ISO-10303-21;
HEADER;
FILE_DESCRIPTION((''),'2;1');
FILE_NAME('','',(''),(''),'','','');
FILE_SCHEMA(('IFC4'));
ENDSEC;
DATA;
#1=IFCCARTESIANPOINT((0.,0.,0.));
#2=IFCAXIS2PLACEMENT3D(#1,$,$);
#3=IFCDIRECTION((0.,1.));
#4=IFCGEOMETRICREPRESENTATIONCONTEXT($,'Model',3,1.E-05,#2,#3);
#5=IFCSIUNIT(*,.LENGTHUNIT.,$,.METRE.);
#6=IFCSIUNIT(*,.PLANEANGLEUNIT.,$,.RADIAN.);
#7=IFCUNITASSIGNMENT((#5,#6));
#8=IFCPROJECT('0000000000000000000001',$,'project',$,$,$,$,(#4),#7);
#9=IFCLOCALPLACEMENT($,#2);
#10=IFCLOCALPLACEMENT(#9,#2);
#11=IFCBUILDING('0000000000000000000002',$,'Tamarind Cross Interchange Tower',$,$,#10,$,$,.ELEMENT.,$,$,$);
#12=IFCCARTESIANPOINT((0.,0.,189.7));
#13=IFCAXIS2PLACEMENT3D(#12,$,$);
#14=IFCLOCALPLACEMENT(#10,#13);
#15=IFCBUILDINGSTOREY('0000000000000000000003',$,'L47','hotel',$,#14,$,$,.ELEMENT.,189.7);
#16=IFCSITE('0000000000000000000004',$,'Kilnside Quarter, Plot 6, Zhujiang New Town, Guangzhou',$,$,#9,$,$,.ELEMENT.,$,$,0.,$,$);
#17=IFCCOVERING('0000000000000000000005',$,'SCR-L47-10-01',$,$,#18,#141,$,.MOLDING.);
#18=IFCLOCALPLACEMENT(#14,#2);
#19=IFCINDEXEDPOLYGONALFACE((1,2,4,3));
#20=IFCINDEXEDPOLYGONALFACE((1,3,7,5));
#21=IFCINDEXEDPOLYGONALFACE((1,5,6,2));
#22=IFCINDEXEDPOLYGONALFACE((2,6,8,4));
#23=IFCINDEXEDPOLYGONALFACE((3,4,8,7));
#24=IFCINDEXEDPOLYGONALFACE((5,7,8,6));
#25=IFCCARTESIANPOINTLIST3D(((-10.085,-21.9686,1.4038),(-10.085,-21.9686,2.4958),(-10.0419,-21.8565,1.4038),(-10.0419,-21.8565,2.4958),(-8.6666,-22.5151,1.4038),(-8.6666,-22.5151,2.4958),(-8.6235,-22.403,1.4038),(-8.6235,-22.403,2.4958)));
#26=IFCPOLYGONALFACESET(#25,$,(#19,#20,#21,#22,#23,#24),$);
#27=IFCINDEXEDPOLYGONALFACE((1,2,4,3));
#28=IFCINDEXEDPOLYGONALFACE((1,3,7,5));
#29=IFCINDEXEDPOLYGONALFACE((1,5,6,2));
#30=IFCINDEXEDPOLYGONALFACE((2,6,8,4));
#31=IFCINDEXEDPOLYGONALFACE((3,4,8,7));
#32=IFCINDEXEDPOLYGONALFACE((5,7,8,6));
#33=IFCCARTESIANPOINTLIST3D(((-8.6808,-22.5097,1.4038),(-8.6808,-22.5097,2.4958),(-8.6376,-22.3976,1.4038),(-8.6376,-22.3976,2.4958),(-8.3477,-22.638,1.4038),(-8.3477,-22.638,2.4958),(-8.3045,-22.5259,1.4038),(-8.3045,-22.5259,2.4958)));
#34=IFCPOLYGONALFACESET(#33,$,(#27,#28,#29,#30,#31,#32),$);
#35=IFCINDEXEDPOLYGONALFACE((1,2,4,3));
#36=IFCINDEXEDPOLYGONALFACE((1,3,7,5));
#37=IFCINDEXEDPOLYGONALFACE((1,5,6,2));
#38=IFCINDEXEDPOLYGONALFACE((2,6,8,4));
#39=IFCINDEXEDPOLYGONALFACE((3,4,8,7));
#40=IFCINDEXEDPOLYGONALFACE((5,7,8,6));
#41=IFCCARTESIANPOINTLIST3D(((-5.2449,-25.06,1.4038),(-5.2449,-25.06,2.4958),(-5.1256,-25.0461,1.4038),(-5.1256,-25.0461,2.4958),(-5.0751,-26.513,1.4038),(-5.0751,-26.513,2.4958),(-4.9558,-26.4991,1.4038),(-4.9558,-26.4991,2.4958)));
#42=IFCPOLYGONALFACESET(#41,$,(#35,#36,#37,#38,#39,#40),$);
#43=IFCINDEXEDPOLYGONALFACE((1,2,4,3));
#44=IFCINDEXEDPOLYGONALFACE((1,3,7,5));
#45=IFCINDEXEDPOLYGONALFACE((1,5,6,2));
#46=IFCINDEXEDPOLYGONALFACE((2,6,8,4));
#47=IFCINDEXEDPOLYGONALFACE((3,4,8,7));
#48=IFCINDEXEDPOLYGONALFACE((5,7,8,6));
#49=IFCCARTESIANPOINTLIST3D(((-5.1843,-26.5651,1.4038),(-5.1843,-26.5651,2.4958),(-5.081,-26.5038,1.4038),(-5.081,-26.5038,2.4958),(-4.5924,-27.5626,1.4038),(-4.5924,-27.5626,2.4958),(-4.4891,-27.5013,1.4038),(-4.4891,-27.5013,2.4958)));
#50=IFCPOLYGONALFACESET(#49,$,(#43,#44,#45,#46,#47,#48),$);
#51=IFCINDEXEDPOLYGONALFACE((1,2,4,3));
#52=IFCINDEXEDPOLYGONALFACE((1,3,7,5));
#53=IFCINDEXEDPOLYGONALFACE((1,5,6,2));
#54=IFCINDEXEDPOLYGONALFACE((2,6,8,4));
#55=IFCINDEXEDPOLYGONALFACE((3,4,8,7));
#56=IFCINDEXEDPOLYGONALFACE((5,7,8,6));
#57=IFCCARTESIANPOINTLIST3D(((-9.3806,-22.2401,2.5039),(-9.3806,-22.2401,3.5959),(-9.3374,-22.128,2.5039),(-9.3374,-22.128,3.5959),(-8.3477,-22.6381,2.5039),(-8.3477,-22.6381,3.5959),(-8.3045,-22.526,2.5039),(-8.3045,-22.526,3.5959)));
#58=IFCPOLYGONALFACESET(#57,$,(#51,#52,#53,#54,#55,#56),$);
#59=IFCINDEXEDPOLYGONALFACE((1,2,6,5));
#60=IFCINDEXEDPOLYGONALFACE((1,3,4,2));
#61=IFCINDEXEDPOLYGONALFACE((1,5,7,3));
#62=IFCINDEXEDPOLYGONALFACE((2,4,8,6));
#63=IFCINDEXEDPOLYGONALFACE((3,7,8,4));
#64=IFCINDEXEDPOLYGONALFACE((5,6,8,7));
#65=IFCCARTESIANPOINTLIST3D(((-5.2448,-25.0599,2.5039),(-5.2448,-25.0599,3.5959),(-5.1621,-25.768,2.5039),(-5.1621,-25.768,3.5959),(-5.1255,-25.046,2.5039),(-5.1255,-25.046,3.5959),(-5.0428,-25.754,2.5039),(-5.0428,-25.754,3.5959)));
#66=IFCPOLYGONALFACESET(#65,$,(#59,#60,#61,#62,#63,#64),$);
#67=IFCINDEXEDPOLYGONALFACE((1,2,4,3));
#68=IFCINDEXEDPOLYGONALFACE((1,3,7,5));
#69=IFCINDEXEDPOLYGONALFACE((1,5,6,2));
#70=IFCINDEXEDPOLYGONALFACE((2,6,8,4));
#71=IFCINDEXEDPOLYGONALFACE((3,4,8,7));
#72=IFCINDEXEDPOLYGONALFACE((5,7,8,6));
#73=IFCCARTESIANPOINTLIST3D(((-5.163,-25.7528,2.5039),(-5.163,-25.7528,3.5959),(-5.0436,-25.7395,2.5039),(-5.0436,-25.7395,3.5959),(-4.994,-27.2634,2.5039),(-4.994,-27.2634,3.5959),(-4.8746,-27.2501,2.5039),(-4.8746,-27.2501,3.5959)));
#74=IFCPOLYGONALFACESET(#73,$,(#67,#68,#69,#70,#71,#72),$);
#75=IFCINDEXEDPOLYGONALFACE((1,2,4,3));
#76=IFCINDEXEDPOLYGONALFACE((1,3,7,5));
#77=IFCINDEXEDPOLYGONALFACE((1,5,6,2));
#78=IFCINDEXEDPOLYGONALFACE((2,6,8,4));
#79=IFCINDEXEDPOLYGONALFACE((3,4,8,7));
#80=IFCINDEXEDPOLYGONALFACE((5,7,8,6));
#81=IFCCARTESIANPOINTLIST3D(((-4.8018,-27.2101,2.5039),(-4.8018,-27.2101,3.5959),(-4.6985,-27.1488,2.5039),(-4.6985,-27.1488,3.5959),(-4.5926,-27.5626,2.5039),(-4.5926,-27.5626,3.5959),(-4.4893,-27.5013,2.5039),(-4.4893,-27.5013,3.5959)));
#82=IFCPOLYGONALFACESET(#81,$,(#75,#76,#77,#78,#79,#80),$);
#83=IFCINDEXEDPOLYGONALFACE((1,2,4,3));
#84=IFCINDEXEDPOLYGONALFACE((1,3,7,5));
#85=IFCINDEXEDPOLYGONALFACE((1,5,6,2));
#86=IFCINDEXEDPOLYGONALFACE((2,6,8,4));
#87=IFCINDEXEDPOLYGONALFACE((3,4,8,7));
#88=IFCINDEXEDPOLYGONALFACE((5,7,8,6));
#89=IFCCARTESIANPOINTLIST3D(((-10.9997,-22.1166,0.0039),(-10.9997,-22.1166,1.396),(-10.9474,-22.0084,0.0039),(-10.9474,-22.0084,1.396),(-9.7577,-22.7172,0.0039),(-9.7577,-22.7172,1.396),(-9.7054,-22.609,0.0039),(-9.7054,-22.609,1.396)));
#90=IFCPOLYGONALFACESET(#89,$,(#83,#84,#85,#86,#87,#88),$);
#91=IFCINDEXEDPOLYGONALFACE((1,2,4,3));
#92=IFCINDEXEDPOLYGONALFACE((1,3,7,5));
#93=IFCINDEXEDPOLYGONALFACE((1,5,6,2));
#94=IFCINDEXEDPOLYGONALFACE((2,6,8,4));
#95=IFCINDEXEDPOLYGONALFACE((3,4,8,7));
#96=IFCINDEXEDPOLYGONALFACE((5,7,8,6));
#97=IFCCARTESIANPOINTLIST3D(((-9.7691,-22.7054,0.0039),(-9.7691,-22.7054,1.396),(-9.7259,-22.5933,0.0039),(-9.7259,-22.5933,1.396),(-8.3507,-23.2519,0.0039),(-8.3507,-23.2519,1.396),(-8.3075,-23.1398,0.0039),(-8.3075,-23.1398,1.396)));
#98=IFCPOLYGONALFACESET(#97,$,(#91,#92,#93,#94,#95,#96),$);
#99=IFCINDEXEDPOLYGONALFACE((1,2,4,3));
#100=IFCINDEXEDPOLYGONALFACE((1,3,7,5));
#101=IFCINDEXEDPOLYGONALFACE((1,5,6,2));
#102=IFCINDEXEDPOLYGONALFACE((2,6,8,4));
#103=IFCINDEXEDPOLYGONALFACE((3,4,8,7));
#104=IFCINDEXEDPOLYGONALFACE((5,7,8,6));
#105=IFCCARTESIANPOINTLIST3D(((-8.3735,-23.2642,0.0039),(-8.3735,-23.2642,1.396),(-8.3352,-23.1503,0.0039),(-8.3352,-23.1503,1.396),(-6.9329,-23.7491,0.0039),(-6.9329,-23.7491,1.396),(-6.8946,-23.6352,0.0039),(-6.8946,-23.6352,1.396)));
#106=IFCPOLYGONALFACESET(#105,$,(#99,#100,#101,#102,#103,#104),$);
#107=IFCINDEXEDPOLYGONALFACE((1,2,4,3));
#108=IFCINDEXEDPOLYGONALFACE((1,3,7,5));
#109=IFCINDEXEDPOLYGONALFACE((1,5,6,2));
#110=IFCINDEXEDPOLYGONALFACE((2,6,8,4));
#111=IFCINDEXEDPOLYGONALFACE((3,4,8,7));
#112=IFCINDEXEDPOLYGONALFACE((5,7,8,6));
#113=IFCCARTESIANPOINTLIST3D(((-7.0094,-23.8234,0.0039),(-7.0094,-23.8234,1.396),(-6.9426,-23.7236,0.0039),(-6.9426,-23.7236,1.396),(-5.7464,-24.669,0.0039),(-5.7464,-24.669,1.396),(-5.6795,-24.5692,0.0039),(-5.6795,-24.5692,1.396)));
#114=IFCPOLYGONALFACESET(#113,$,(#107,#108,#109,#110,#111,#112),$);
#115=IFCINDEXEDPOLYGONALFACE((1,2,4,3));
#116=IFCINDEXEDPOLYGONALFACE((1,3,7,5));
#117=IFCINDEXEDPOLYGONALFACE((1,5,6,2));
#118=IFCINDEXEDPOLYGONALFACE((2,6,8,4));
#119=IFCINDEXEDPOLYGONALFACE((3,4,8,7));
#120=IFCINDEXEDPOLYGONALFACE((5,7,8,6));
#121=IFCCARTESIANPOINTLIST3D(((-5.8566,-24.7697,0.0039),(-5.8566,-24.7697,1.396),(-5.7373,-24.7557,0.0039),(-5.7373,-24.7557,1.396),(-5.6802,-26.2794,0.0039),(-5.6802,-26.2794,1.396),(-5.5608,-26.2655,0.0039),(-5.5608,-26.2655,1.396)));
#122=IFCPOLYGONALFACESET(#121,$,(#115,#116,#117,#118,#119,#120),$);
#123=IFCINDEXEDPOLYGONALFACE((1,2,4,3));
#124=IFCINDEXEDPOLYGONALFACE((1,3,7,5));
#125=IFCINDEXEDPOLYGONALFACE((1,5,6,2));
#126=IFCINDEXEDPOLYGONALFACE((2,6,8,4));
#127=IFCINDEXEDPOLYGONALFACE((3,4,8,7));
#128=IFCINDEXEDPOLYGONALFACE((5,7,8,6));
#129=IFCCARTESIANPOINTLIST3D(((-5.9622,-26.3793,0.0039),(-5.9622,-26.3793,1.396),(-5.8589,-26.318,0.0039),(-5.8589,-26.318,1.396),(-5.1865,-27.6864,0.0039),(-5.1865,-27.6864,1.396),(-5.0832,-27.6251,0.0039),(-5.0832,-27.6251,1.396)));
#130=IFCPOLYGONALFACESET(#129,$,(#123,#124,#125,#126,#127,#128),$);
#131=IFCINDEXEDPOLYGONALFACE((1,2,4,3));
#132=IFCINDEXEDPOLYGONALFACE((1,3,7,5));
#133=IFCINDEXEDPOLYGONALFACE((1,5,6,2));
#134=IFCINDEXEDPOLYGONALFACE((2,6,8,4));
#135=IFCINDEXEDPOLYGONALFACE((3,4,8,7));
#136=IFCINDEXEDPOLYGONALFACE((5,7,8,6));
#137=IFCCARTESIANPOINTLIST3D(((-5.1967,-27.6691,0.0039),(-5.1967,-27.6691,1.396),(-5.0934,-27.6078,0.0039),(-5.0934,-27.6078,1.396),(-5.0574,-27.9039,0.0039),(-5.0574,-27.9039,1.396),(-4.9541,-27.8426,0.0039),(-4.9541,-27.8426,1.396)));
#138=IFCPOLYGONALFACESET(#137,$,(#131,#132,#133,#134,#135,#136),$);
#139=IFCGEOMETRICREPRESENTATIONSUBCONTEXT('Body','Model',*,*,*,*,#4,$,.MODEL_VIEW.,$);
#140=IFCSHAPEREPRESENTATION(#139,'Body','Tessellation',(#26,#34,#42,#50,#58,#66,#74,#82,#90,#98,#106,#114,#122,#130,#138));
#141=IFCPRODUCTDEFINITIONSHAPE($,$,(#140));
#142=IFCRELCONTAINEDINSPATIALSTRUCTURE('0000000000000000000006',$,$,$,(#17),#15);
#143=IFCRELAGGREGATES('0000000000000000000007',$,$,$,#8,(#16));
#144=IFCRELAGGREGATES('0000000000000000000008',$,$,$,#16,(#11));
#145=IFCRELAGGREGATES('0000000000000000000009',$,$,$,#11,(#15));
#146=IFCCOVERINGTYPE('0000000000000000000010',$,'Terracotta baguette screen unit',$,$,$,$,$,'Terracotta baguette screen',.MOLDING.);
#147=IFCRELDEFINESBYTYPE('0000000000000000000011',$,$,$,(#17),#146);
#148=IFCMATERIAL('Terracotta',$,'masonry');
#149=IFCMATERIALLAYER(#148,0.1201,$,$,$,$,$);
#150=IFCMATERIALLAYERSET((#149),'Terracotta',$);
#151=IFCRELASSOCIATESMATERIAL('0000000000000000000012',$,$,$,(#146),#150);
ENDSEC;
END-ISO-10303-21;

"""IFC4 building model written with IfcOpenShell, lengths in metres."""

from ifc_helpers import new_model, si_unit, direction, frame, origin, origin_2d, place, context, subcontext, project, spatial, rectangle, extrude, material, layer, layer_set, type_object, element, save


model = new_model("IFC4")

# Units and contexts
model_context = context("Model", 3, precision=1e-05, world=origin(), true_north=direction((0.0, 1.0)))
body_context = subcontext(model_context, "Body", "Model", "MODEL_VIEW")
ifc_project = project(units=[si_unit("LENGTHUNIT", "METRE"), si_unit("PLANEANGLEUNIT", "RADIAN")], contexts=[model_context])

# Site, building, storey
site_placement = place(None, origin())
site = spatial("IfcSite", under=ifc_project, at=site_placement, Name="Kilnside Quarter, Plot 6, Zhujiang New Town, Guangzhou", CompositionType="ELEMENT", RefElevation=0.0)
building_placement = place(site_placement, origin())
building = spatial("IfcBuilding", under=site, at=building_placement, Name="Tamarind Cross Interchange Tower", CompositionType="ELEMENT")
storey_placement = place(building_placement, frame((0.0, 0.0, 189.7)))
storey = spatial("IfcBuildingStorey", under=building, at=storey_placement, Name="L47", Description="hotel", CompositionType="ELEMENT", Elevation=189.7)

# Covering
ifc_material_1 = material(Name="Terracotta", Category="masonry")
ifc_layer_1 = layer(ifc_material_1, 0.1201)
ifc_layer_set_1 = layer_set([ifc_layer_1], Name="Terracotta")
covering_type = type_object("IfcCoveringType", Name="Terracotta baguette screen unit", ElementType="Terracotta baguette screen", PredefinedType="MOLDING", material=ifc_layer_set_1)
covering_1_placement = place(storey_placement, origin())
element("IfcCovering", 1, at=covering_1_placement, inside=storey, type_object=covering_type, Name="SCR-L47-10-01", PredefinedType="MOLDING", context=body_context, shape_type="SweptSolid", body=[
    extrude(rectangle(XDim=1.52, YDim=0.1201, at=origin_2d()), frame((-9.3542, -22.1858, 1.4038), z_axis=(0.0, 0.0, 1.0), x_axis=(0.933147, -0.359495, 0.0)), (0.0, 0.0, 1.0), 1.092),
    extrude(rectangle(XDim=0.3569, YDim=0.1201, at=origin_2d()), frame((-8.4927, -22.5178, 1.4038), z_axis=(0.0, 0.0, 1.0), x_axis=(0.933147, -0.359495, 0.0)), (0.0, 0.0, 1.0), 1.092),
    extrude(rectangle(XDim=1.4629, YDim=0.1201, at=origin_2d()), frame((-5.1003, -25.7795, 1.4038), z_axis=(0.0, 0.0, 1.0), x_axis=(0.116102, -0.993237, 0.0)), (0.0, 0.0, 1.0), 1.092),
    extrude(rectangle(XDim=1.1599, YDim=0.1201, at=origin_2d()), frame((-4.8367, -27.0332, 1.4038), z_axis=(0.0, 0.0, 1.0), x_axis=(0.51033, -0.859979, 0.0)), (0.0, 0.0, 1.0), 1.092),
    extrude(rectangle(XDim=1.1069, YDim=0.1201, at=origin_2d()), frame((-8.8425, -22.3831, 2.5039), z_axis=(0.0, 0.0, 1.0), x_axis=(0.933147, -0.359495, 0.0)), (0.0, 0.0, 1.0), 1.092),
    extrude(rectangle(XDim=0.7129, YDim=0.1201, at=origin_2d()), frame((-5.1438, -25.407, 2.5039), z_axis=(0.0, 0.0, 1.0), x_axis=(0.116102, -0.993237, 0.0)), (0.0, 0.0, 1.0), 1.092),
    extrude(rectangle(XDim=1.52, YDim=0.1201, at=origin_2d()), frame((-5.0188, -26.5015, 2.5039), z_axis=(0.0, 0.0, 1.0), x_axis=(0.111189, -0.993799, 0.0)), (0.0, 0.0, 1.0), 1.092),
    extrude(rectangle(XDim=0.4099, YDim=0.1201, at=origin_2d()), frame((-4.6455, -27.3557, 2.5039), z_axis=(0.0, 0.0, 1.0), x_axis=(0.51033, -0.859979, 0.0)), (0.0, 0.0, 1.0), 1.092),
    extrude(rectangle(XDim=1.3796, YDim=0.1201, at=origin_2d()), frame((-10.3525, -22.3628, 0.0039), z_axis=(0.0, 0.0, 1.0), x_axis=(0.900273, -0.435326, 0.0)), (0.0, 0.0, 1.0), 1.3921),
    extrude(rectangle(XDim=1.52, YDim=0.1201, at=origin_2d()), frame((-9.0383, -22.9226, 0.0039), z_axis=(0.0, 0.0, 1.0), x_axis=(0.933147, -0.359495, 0.0)), (0.0, 0.0, 1.0), 1.3921),
    extrude(rectangle(XDim=1.52, YDim=0.1201, at=origin_2d()), frame((-7.634, -23.4497, 0.0039), z_axis=(0.0, 0.0, 1.0), x_axis=(0.947752, -0.319008, 0.0)), (0.0, 0.0, 1.0), 1.3921),
    extrude(rectangle(XDim=1.52, YDim=0.1201, at=origin_2d()), frame((-6.3445, -24.1963, 0.0039), z_axis=(0.0, 0.0, 1.0), x_axis=(0.830966, -0.556324, 0.0)), (0.0, 0.0, 1.0), 1.3921),
    extrude(rectangle(XDim=1.52, YDim=0.1201, at=origin_2d()), frame((-5.7087, -25.5176, 0.0039), z_axis=(0.0, 0.0, 1.0), x_axis=(0.116102, -0.993237, 0.0)), (0.0, 0.0, 1.0), 1.3921),
    extrude(rectangle(XDim=1.52, YDim=0.1201, at=origin_2d()), frame((-5.5227, -27.0022, 0.0039), z_axis=(0.0, 0.0, 1.0), x_axis=(0.51033, -0.859979, 0.0)), (0.0, 0.0, 1.0), 1.3921),
    extrude(rectangle(XDim=0.2729, YDim=0.1201, at=origin_2d()), frame((-5.0754, -27.7559, 0.0039), z_axis=(0.0, 0.0, 1.0), x_axis=(0.51033, -0.859979, 0.0)), (0.0, 0.0, 1.0), 1.3921),
])

save(model, "model.ifc")
